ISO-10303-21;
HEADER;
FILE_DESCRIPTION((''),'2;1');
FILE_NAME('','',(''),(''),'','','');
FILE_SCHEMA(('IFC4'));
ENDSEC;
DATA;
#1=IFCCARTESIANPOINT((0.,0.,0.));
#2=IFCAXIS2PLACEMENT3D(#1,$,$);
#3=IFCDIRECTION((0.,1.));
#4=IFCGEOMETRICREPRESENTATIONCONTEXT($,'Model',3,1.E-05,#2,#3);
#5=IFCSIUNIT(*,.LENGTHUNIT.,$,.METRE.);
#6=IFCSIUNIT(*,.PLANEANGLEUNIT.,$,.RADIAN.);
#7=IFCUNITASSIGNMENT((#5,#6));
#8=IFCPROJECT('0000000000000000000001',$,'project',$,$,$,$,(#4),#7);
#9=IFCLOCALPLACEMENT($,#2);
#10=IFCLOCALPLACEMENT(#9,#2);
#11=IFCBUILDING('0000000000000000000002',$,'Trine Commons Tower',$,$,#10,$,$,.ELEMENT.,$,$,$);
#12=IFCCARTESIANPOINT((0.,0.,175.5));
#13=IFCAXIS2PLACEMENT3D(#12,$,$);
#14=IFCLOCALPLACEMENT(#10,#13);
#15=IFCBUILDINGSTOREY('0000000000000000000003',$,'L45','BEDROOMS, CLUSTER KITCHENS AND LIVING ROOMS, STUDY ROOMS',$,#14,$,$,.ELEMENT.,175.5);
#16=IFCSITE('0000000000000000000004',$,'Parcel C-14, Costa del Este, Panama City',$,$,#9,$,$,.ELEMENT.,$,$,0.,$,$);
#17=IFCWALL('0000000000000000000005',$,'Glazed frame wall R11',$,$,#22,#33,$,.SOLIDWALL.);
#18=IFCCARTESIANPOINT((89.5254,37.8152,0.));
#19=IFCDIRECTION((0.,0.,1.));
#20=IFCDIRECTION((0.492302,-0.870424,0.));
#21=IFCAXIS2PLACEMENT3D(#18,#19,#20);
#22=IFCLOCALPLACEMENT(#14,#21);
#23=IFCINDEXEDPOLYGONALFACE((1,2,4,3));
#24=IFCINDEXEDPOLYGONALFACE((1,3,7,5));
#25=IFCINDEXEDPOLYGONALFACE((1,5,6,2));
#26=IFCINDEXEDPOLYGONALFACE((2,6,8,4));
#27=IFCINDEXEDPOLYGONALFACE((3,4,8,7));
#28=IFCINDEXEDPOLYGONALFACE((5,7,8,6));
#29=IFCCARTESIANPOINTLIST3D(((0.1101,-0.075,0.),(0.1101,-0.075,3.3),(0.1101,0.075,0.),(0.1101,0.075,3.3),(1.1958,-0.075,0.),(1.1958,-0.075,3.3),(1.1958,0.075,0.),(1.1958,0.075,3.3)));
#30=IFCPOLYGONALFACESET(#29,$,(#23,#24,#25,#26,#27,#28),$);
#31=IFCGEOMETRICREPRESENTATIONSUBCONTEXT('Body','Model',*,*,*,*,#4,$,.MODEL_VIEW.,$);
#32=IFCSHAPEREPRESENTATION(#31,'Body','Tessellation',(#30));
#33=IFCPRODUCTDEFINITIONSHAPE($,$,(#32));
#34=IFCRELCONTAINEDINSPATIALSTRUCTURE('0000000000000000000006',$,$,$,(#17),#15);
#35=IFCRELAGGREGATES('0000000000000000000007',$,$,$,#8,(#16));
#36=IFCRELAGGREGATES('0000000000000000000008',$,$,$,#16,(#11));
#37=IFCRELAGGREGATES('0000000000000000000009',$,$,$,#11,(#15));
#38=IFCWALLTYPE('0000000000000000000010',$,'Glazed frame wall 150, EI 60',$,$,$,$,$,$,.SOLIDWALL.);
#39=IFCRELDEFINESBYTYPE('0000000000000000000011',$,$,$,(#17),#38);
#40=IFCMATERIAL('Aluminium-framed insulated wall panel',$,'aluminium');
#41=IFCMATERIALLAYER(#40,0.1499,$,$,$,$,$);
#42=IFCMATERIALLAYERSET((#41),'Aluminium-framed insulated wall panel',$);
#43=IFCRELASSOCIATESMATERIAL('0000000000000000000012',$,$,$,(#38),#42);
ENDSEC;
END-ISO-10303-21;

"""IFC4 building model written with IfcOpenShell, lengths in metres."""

from ifc_helpers import new_model, si_unit, direction, frame, origin, place, context, subcontext, project, spatial, polyline, outline, extrude, material, layer, layer_set, type_object, element, save


model = new_model("IFC4")

# Units and contexts
model_context = context("Model", 3, precision=1e-05, world=origin(), true_north=direction((0.0, 1.0)))
body_context = subcontext(model_context, "Body", "Model", "MODEL_VIEW")
ifc_project = project(units=[si_unit("LENGTHUNIT", "METRE"), si_unit("PLANEANGLEUNIT", "RADIAN")], contexts=[model_context])

# Site, building, storey
site_placement = place(None, origin())
site = spatial("IfcSite", under=ifc_project, at=site_placement, Name="Parcel C-14, Costa del Este, Panama City", CompositionType="ELEMENT", RefElevation=0.0)
building_placement = place(site_placement, origin())
building = spatial("IfcBuilding", under=site, at=building_placement, Name="Trine Commons Tower", CompositionType="ELEMENT")
storey_placement = place(building_placement, frame((0.0, 0.0, 175.5)))
storey = spatial("IfcBuildingStorey", under=building, at=storey_placement, Name="L45", Description="BEDROOMS, CLUSTER KITCHENS AND LIVING ROOMS, STUDY ROOMS", CompositionType="ELEMENT", Elevation=175.5)

# Wall
ifc_material_1 = material(Name="Aluminium-framed insulated wall panel", Category="aluminium")
ifc_layer_1 = layer(ifc_material_1, 0.1499)
ifc_layer_set_1 = layer_set([ifc_layer_1], Name="Aluminium-framed insulated wall panel")
wall_type_1 = type_object("IfcWallType", Name="Glazed frame wall 150, EI 60", PredefinedType="SOLIDWALL", material=ifc_layer_set_1)
wall_1_placement = place(storey_placement, frame((89.5254, 37.8152, 0.0), z_axis=(0.0, 0.0, 1.0), x_axis=(0.492302, -0.870424, 0.0)))
element("IfcWall", 1, at=wall_1_placement, inside=storey, type_object=wall_type_1, Name="Glazed frame wall R11", PredefinedType="SOLIDWALL", context=body_context, shape_type="SweptSolid", body=[
    extrude(outline(polyline([(0.1101, 0.075), (0.1101, -0.075), (1.1958, -0.075), (1.1958, 0.075), (0.1101, 0.075)])), origin(), (0.0, 0.0, 1.0), 3.3),
])

save(model, "model.ifc")
